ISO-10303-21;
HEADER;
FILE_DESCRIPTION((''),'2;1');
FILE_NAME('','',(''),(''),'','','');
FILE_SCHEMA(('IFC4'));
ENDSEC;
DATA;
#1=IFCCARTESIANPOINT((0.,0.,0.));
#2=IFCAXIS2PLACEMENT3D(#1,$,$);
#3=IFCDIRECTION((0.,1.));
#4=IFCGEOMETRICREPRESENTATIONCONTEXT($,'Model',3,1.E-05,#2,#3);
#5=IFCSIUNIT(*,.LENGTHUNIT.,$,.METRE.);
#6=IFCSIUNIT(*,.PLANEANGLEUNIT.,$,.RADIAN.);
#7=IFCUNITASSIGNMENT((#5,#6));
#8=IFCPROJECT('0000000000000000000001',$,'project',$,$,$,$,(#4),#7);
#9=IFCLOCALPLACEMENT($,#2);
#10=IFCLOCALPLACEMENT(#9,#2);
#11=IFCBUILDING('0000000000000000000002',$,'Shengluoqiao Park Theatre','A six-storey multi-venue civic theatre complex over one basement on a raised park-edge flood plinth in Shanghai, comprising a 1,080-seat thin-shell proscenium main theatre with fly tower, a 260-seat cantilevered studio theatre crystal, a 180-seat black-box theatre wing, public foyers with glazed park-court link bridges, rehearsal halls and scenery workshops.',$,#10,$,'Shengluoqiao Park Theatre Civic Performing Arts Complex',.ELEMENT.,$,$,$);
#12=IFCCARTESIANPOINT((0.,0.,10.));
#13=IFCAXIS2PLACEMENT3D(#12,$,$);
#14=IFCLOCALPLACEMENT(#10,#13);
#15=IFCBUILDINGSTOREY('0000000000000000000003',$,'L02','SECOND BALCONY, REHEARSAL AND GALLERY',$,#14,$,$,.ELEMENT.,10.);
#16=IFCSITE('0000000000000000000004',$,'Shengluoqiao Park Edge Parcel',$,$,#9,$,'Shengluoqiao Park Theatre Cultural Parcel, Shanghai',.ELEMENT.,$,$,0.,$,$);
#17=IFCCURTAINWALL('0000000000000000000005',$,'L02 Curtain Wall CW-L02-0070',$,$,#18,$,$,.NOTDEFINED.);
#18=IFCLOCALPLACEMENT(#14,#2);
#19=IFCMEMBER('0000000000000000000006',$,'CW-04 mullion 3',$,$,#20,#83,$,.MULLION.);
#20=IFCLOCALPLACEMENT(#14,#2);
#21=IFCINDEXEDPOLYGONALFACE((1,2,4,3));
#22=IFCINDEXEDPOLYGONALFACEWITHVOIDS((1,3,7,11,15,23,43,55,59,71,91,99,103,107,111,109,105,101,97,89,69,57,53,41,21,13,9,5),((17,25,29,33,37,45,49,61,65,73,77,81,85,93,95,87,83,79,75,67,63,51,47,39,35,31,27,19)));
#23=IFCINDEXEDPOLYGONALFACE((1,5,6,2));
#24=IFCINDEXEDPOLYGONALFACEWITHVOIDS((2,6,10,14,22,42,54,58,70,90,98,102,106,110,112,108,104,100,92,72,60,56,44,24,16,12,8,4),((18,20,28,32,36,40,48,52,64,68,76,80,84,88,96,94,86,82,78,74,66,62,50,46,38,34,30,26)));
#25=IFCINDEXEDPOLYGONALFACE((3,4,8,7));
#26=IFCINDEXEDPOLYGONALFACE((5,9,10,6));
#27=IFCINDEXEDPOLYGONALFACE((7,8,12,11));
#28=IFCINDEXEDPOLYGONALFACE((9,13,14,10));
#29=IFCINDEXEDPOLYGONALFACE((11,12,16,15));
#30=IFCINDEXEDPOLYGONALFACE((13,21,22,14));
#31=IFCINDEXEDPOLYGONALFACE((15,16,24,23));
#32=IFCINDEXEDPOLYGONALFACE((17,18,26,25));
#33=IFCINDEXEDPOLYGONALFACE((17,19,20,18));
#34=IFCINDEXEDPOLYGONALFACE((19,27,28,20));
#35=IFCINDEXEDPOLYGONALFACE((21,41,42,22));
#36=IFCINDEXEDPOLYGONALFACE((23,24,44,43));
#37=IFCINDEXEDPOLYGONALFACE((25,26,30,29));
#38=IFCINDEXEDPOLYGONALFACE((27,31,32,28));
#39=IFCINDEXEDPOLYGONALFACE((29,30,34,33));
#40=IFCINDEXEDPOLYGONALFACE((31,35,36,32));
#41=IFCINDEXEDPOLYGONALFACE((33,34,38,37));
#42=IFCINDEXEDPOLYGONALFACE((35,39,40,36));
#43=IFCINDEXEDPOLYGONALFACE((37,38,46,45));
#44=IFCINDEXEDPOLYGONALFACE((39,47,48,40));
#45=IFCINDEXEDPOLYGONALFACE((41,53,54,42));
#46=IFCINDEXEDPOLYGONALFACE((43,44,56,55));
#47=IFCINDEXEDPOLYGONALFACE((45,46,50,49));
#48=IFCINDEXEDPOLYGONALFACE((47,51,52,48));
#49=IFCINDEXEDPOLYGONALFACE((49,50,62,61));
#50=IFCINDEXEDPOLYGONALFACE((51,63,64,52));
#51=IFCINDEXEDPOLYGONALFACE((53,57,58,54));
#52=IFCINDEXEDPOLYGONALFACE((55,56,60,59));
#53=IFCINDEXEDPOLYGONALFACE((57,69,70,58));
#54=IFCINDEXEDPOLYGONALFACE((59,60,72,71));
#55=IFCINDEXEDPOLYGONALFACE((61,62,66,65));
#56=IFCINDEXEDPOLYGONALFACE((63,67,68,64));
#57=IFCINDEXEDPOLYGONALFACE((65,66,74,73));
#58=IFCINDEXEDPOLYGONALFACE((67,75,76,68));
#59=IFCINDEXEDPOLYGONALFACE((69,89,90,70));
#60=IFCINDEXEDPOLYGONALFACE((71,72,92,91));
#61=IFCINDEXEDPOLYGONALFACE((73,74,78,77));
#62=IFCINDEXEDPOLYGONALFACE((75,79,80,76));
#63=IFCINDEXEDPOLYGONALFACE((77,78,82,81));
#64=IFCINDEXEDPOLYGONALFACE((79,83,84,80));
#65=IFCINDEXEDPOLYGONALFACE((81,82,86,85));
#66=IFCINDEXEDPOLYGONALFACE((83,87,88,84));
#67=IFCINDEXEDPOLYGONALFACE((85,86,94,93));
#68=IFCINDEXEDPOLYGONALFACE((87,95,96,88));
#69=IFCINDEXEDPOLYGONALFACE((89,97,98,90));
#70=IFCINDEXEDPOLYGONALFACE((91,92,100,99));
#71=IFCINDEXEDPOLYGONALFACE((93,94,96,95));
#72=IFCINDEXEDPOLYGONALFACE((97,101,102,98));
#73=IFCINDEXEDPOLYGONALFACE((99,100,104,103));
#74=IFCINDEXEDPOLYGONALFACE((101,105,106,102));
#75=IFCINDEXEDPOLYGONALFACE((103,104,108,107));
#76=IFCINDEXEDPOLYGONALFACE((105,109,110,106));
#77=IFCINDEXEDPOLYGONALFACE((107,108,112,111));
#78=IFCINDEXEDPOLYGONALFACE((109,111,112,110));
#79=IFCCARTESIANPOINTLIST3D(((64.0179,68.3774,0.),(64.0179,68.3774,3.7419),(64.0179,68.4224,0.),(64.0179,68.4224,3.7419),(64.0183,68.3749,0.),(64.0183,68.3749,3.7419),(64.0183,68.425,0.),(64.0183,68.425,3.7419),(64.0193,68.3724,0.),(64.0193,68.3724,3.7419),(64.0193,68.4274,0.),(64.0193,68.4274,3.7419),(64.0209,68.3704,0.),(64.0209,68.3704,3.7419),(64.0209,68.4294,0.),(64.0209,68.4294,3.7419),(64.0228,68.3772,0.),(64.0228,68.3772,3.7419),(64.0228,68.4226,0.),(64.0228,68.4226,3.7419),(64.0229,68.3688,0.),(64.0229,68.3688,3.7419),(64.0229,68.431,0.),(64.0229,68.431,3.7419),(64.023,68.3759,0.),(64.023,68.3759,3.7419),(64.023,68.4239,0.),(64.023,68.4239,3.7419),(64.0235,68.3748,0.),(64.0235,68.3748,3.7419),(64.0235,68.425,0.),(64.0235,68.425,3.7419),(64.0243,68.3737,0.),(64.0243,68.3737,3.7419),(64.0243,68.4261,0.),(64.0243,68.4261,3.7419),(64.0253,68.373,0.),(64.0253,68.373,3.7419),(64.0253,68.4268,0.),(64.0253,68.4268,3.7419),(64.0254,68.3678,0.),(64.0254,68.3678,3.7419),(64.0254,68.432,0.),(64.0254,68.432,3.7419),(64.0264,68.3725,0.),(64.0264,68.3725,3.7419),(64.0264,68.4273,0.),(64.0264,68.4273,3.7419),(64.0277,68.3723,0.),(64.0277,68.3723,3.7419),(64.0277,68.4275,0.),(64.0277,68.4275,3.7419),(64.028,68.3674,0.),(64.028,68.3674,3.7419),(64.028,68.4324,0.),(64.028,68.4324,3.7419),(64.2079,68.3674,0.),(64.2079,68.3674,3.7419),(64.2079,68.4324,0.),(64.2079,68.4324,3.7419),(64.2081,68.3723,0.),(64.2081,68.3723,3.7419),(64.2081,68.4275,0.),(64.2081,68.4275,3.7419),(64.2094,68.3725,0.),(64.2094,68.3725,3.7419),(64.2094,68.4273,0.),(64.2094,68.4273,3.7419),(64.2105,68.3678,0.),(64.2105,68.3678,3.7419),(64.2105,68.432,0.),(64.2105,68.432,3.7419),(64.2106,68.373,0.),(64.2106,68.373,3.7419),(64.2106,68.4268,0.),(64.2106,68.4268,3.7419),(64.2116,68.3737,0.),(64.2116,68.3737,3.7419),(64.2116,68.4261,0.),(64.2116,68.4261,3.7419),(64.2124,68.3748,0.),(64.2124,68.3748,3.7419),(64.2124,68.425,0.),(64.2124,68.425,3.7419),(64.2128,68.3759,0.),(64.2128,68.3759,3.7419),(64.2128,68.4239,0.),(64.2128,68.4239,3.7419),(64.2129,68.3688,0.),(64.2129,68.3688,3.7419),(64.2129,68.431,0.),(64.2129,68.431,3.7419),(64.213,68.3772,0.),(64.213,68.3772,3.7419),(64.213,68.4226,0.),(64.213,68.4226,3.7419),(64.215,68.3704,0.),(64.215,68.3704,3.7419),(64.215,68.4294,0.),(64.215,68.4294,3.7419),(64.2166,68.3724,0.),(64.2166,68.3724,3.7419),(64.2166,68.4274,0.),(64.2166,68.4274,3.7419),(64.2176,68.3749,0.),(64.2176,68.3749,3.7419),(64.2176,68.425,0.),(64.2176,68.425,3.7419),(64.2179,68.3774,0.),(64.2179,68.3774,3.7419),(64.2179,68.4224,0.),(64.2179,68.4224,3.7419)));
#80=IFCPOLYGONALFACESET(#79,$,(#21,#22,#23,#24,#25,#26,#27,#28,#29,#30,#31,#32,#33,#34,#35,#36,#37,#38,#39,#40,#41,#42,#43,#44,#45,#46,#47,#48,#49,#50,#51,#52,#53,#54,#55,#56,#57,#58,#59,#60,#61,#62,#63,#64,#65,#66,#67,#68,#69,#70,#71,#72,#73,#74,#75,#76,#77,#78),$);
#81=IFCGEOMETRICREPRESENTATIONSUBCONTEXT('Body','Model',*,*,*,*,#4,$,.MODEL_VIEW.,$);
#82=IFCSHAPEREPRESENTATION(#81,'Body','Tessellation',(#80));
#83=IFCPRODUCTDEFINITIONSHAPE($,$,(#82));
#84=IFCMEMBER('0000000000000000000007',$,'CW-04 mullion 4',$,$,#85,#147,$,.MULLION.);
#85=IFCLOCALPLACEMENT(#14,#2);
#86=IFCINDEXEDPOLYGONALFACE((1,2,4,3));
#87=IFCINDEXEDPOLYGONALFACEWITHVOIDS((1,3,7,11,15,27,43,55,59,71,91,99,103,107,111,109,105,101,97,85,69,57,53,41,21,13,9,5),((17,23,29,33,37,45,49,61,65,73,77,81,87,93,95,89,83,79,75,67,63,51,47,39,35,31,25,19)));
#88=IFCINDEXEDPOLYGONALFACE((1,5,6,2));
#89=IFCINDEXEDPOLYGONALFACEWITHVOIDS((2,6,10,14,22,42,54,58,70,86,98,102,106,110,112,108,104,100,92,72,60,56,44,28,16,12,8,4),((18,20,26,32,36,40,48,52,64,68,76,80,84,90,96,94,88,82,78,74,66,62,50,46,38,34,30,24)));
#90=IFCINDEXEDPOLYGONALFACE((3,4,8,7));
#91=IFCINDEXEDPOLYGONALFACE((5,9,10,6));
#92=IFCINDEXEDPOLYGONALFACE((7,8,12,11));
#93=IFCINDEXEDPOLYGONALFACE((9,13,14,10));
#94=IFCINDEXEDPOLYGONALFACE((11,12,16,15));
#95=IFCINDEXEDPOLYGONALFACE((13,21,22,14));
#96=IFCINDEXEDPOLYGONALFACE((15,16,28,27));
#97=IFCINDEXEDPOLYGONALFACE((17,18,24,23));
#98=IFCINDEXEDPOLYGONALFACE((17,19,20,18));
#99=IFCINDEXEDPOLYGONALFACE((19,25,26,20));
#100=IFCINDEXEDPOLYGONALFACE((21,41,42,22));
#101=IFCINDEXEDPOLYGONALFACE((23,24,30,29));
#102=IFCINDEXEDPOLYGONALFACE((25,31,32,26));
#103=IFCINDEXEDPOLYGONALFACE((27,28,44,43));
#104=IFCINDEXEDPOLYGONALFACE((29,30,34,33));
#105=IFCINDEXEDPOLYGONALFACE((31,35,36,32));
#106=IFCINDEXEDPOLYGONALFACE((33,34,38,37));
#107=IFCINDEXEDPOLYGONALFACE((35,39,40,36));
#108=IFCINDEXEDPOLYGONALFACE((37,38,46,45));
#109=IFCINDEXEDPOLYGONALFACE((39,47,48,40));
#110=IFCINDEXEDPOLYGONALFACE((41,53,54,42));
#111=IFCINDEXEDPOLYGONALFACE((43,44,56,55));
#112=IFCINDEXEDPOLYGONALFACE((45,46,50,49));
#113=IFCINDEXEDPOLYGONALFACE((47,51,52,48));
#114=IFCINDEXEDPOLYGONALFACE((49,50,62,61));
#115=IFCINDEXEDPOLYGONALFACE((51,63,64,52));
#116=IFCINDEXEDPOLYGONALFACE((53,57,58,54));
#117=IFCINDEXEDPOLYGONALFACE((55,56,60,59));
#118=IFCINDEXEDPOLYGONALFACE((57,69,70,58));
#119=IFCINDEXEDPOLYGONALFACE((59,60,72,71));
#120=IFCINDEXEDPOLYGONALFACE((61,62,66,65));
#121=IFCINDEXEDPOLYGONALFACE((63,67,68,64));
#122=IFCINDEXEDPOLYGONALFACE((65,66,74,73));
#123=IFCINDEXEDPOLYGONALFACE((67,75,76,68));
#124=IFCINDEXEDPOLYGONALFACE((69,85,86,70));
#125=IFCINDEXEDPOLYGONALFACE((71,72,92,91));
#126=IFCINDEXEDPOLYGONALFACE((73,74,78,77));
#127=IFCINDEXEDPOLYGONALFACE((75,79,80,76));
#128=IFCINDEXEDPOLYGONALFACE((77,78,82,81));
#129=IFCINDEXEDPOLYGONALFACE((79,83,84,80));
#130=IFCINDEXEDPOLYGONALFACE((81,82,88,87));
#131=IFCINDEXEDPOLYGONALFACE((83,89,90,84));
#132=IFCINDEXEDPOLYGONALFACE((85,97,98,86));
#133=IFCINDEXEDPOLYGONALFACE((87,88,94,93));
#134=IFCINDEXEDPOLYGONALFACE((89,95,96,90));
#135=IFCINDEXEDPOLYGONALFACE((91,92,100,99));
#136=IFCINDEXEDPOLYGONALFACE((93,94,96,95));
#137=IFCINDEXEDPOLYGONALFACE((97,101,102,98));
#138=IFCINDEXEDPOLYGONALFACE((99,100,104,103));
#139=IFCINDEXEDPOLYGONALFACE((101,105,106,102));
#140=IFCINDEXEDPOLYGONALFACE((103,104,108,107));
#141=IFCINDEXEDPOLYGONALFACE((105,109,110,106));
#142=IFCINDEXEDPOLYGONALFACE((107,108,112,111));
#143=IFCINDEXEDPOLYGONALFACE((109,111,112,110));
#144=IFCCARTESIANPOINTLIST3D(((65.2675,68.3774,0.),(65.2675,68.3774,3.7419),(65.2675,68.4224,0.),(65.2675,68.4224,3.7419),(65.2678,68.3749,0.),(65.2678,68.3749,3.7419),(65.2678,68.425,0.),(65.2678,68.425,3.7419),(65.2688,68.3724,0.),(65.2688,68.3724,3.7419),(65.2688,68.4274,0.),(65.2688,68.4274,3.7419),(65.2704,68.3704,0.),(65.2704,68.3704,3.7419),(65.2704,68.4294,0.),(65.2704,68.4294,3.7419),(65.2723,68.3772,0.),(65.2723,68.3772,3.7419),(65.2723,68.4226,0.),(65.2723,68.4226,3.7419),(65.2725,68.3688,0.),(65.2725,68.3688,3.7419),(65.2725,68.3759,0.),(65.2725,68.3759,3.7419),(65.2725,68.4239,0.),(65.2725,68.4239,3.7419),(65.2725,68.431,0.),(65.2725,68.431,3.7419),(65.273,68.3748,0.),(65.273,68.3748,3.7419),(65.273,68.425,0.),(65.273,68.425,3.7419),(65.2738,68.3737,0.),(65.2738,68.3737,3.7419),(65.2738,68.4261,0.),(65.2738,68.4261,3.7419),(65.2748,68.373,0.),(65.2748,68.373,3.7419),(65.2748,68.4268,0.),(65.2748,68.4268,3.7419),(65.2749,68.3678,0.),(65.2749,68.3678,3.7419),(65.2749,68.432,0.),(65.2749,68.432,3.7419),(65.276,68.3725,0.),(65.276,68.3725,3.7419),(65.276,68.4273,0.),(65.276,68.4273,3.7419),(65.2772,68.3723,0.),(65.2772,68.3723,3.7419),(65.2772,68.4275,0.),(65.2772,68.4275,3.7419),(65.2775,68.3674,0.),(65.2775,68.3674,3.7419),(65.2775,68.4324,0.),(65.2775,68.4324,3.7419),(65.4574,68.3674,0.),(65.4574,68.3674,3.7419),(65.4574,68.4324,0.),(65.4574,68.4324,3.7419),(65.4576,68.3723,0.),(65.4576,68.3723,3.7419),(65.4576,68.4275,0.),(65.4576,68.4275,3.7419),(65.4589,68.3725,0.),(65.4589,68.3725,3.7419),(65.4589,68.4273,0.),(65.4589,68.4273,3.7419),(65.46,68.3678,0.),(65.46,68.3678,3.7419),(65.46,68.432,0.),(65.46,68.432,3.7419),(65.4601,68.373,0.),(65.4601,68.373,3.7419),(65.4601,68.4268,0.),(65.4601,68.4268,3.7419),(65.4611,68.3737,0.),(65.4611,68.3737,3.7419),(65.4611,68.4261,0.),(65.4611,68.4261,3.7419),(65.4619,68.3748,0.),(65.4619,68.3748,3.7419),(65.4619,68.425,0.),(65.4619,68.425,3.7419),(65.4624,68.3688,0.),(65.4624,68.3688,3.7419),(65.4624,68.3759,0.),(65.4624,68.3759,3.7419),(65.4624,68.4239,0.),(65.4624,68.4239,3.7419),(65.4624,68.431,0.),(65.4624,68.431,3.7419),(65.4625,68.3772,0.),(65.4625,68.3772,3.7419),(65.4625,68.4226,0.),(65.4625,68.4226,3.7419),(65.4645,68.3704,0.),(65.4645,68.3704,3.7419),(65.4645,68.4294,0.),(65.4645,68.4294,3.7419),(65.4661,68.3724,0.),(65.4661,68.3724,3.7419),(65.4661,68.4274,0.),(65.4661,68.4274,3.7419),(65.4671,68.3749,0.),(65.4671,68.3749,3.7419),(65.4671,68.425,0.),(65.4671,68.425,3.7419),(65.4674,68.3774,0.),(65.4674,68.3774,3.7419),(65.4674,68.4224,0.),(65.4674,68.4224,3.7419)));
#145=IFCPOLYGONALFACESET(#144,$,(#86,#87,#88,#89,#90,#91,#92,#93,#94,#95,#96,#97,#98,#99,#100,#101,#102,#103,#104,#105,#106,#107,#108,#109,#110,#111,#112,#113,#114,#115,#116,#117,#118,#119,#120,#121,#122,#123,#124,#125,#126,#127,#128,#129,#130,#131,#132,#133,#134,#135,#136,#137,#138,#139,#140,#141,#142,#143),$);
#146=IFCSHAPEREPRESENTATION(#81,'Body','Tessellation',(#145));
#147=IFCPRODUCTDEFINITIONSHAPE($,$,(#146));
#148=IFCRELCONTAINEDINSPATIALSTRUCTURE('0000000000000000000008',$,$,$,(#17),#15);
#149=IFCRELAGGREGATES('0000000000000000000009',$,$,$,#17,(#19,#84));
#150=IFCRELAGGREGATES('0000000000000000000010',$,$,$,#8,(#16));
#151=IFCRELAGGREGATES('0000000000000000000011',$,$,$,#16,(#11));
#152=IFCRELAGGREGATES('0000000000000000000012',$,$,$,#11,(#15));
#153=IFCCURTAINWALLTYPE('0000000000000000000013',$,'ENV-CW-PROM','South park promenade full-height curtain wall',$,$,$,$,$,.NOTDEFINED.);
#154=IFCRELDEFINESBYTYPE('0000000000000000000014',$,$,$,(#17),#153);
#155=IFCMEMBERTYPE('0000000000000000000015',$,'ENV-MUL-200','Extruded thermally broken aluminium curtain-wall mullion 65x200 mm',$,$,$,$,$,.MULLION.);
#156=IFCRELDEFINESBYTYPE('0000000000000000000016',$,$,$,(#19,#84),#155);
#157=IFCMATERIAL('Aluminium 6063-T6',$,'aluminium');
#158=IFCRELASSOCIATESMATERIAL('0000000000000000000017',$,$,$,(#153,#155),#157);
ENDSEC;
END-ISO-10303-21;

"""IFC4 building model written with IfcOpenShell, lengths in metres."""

from ifc_helpers import new_model, si_unit, direction, frame, origin, origin_2d, place, context, subcontext, project, spatial, hollow_rectangle, extrude, material, material_profile, profile_set, type_object, element, aggregate, save


model = new_model("IFC4")

# Units and contexts
model_context = context("Model", 3, precision=1e-05, world=origin(), true_north=direction((0.0, 1.0)))
body_context = subcontext(model_context, "Body", "Model", "MODEL_VIEW")
ifc_project = project(units=[si_unit("LENGTHUNIT", "METRE"), si_unit("PLANEANGLEUNIT", "RADIAN")], contexts=[model_context])

# Site, building, storey
site_placement = place(None, origin())
site = spatial("IfcSite", under=ifc_project, at=site_placement, Name="Shengluoqiao Park Edge Parcel", LongName="Shengluoqiao Park Theatre Cultural Parcel, Shanghai", CompositionType="ELEMENT", RefElevation=0.0)
building_placement = place(site_placement, origin())
building = spatial("IfcBuilding", under=site, at=building_placement, Name="Shengluoqiao Park Theatre", Description="A six-storey multi-venue civic theatre complex over one basement on a raised park-edge flood plinth in Shanghai, comprising a 1,080-seat thin-shell proscenium main theatre with fly tower, a 260-seat cantilevered studio theatre crystal, a 180-seat black-box theatre wing, public foyers with glazed park-court link bridges, rehearsal halls and scenery workshops.", LongName="Shengluoqiao Park Theatre Civic Performing Arts Complex", CompositionType="ELEMENT")
storey_placement = place(building_placement, frame((0.0, 0.0, 10.0)))
storey = spatial("IfcBuildingStorey", under=building, at=storey_placement, Name="L02", Description="SECOND BALCONY, REHEARSAL AND GALLERY", CompositionType="ELEMENT", Elevation=10.0)

# Curtain wall, members
ifc_material_1 = material(Name="Aluminium 6063-T6", Category="aluminium")
curtain_wall_type = type_object("IfcCurtainWallType", Name="ENV-CW-PROM", Description="South park promenade full-height curtain wall", PredefinedType="NOTDEFINED", material=ifc_material_1)
curtain_wall_1_placement = place(storey_placement, origin())
curtain_wall_1 = element("IfcCurtainWall", 1, at=curtain_wall_1_placement, inside=storey, type_object=curtain_wall_type, Name="L02 Curtain Wall CW-L02-0070", PredefinedType="NOTDEFINED")
ifc_material_profile_1 = material_profile(ifc_material_1, hollow_rectangle(XDim=0.0649, YDim=0.2, WallThickness=0.0049, InnerFilletRadius=0.0049, OuterFilletRadius=0.01, at=origin_2d()), Name="ALU MULLION 200x65x5")
ifc_profile_set_1 = profile_set([ifc_material_profile_1], Name="Aluminium 6063-T6")
member_type_1 = type_object("IfcMemberType", Name="ENV-MUL-200", Description="Extruded thermally broken aluminium curtain-wall mullion 65x200 mm", PredefinedType="MULLION", material=ifc_profile_set_1)
member_1_placement = place(storey_placement, frame((64.1179, 68.3999, 0.0), z_axis=(0.0, 0.0, 1.0), x_axis=(0.0, 1.0, 0.0)))
member_1 = element("IfcMember", 2, at=member_1_placement, type_object=member_type_1, Name="CW-04 mullion 3", PredefinedType="MULLION", context=body_context, shape_type="SweptSolid", body=[
    extrude(hollow_rectangle(XDim=0.0649, YDim=0.2, WallThickness=0.0049, InnerFilletRadius=0.0049, OuterFilletRadius=0.01, at=origin_2d()), origin(), (0.0, 0.0, 1.0), 3.7419),
])
member_2_placement = place(storey_placement, frame((65.3674, 68.3999, 0.0), z_axis=(0.0, 0.0, 1.0), x_axis=(0.0, 1.0, 0.0)))
member_2 = element("IfcMember", 3, at=member_2_placement, type_object=member_type_1, Name="CW-04 mullion 4", PredefinedType="MULLION", context=body_context, shape_type="SweptSolid", body=[
    extrude(hollow_rectangle(XDim=0.0649, YDim=0.2, WallThickness=0.0049, InnerFilletRadius=0.0049, OuterFilletRadius=0.01, at=origin_2d()), origin(), (0.0, 0.0, 1.0), 3.7419),
])

aggregate(curtain_wall_1, [member_1, member_2])

save(model, "model.ifc")
